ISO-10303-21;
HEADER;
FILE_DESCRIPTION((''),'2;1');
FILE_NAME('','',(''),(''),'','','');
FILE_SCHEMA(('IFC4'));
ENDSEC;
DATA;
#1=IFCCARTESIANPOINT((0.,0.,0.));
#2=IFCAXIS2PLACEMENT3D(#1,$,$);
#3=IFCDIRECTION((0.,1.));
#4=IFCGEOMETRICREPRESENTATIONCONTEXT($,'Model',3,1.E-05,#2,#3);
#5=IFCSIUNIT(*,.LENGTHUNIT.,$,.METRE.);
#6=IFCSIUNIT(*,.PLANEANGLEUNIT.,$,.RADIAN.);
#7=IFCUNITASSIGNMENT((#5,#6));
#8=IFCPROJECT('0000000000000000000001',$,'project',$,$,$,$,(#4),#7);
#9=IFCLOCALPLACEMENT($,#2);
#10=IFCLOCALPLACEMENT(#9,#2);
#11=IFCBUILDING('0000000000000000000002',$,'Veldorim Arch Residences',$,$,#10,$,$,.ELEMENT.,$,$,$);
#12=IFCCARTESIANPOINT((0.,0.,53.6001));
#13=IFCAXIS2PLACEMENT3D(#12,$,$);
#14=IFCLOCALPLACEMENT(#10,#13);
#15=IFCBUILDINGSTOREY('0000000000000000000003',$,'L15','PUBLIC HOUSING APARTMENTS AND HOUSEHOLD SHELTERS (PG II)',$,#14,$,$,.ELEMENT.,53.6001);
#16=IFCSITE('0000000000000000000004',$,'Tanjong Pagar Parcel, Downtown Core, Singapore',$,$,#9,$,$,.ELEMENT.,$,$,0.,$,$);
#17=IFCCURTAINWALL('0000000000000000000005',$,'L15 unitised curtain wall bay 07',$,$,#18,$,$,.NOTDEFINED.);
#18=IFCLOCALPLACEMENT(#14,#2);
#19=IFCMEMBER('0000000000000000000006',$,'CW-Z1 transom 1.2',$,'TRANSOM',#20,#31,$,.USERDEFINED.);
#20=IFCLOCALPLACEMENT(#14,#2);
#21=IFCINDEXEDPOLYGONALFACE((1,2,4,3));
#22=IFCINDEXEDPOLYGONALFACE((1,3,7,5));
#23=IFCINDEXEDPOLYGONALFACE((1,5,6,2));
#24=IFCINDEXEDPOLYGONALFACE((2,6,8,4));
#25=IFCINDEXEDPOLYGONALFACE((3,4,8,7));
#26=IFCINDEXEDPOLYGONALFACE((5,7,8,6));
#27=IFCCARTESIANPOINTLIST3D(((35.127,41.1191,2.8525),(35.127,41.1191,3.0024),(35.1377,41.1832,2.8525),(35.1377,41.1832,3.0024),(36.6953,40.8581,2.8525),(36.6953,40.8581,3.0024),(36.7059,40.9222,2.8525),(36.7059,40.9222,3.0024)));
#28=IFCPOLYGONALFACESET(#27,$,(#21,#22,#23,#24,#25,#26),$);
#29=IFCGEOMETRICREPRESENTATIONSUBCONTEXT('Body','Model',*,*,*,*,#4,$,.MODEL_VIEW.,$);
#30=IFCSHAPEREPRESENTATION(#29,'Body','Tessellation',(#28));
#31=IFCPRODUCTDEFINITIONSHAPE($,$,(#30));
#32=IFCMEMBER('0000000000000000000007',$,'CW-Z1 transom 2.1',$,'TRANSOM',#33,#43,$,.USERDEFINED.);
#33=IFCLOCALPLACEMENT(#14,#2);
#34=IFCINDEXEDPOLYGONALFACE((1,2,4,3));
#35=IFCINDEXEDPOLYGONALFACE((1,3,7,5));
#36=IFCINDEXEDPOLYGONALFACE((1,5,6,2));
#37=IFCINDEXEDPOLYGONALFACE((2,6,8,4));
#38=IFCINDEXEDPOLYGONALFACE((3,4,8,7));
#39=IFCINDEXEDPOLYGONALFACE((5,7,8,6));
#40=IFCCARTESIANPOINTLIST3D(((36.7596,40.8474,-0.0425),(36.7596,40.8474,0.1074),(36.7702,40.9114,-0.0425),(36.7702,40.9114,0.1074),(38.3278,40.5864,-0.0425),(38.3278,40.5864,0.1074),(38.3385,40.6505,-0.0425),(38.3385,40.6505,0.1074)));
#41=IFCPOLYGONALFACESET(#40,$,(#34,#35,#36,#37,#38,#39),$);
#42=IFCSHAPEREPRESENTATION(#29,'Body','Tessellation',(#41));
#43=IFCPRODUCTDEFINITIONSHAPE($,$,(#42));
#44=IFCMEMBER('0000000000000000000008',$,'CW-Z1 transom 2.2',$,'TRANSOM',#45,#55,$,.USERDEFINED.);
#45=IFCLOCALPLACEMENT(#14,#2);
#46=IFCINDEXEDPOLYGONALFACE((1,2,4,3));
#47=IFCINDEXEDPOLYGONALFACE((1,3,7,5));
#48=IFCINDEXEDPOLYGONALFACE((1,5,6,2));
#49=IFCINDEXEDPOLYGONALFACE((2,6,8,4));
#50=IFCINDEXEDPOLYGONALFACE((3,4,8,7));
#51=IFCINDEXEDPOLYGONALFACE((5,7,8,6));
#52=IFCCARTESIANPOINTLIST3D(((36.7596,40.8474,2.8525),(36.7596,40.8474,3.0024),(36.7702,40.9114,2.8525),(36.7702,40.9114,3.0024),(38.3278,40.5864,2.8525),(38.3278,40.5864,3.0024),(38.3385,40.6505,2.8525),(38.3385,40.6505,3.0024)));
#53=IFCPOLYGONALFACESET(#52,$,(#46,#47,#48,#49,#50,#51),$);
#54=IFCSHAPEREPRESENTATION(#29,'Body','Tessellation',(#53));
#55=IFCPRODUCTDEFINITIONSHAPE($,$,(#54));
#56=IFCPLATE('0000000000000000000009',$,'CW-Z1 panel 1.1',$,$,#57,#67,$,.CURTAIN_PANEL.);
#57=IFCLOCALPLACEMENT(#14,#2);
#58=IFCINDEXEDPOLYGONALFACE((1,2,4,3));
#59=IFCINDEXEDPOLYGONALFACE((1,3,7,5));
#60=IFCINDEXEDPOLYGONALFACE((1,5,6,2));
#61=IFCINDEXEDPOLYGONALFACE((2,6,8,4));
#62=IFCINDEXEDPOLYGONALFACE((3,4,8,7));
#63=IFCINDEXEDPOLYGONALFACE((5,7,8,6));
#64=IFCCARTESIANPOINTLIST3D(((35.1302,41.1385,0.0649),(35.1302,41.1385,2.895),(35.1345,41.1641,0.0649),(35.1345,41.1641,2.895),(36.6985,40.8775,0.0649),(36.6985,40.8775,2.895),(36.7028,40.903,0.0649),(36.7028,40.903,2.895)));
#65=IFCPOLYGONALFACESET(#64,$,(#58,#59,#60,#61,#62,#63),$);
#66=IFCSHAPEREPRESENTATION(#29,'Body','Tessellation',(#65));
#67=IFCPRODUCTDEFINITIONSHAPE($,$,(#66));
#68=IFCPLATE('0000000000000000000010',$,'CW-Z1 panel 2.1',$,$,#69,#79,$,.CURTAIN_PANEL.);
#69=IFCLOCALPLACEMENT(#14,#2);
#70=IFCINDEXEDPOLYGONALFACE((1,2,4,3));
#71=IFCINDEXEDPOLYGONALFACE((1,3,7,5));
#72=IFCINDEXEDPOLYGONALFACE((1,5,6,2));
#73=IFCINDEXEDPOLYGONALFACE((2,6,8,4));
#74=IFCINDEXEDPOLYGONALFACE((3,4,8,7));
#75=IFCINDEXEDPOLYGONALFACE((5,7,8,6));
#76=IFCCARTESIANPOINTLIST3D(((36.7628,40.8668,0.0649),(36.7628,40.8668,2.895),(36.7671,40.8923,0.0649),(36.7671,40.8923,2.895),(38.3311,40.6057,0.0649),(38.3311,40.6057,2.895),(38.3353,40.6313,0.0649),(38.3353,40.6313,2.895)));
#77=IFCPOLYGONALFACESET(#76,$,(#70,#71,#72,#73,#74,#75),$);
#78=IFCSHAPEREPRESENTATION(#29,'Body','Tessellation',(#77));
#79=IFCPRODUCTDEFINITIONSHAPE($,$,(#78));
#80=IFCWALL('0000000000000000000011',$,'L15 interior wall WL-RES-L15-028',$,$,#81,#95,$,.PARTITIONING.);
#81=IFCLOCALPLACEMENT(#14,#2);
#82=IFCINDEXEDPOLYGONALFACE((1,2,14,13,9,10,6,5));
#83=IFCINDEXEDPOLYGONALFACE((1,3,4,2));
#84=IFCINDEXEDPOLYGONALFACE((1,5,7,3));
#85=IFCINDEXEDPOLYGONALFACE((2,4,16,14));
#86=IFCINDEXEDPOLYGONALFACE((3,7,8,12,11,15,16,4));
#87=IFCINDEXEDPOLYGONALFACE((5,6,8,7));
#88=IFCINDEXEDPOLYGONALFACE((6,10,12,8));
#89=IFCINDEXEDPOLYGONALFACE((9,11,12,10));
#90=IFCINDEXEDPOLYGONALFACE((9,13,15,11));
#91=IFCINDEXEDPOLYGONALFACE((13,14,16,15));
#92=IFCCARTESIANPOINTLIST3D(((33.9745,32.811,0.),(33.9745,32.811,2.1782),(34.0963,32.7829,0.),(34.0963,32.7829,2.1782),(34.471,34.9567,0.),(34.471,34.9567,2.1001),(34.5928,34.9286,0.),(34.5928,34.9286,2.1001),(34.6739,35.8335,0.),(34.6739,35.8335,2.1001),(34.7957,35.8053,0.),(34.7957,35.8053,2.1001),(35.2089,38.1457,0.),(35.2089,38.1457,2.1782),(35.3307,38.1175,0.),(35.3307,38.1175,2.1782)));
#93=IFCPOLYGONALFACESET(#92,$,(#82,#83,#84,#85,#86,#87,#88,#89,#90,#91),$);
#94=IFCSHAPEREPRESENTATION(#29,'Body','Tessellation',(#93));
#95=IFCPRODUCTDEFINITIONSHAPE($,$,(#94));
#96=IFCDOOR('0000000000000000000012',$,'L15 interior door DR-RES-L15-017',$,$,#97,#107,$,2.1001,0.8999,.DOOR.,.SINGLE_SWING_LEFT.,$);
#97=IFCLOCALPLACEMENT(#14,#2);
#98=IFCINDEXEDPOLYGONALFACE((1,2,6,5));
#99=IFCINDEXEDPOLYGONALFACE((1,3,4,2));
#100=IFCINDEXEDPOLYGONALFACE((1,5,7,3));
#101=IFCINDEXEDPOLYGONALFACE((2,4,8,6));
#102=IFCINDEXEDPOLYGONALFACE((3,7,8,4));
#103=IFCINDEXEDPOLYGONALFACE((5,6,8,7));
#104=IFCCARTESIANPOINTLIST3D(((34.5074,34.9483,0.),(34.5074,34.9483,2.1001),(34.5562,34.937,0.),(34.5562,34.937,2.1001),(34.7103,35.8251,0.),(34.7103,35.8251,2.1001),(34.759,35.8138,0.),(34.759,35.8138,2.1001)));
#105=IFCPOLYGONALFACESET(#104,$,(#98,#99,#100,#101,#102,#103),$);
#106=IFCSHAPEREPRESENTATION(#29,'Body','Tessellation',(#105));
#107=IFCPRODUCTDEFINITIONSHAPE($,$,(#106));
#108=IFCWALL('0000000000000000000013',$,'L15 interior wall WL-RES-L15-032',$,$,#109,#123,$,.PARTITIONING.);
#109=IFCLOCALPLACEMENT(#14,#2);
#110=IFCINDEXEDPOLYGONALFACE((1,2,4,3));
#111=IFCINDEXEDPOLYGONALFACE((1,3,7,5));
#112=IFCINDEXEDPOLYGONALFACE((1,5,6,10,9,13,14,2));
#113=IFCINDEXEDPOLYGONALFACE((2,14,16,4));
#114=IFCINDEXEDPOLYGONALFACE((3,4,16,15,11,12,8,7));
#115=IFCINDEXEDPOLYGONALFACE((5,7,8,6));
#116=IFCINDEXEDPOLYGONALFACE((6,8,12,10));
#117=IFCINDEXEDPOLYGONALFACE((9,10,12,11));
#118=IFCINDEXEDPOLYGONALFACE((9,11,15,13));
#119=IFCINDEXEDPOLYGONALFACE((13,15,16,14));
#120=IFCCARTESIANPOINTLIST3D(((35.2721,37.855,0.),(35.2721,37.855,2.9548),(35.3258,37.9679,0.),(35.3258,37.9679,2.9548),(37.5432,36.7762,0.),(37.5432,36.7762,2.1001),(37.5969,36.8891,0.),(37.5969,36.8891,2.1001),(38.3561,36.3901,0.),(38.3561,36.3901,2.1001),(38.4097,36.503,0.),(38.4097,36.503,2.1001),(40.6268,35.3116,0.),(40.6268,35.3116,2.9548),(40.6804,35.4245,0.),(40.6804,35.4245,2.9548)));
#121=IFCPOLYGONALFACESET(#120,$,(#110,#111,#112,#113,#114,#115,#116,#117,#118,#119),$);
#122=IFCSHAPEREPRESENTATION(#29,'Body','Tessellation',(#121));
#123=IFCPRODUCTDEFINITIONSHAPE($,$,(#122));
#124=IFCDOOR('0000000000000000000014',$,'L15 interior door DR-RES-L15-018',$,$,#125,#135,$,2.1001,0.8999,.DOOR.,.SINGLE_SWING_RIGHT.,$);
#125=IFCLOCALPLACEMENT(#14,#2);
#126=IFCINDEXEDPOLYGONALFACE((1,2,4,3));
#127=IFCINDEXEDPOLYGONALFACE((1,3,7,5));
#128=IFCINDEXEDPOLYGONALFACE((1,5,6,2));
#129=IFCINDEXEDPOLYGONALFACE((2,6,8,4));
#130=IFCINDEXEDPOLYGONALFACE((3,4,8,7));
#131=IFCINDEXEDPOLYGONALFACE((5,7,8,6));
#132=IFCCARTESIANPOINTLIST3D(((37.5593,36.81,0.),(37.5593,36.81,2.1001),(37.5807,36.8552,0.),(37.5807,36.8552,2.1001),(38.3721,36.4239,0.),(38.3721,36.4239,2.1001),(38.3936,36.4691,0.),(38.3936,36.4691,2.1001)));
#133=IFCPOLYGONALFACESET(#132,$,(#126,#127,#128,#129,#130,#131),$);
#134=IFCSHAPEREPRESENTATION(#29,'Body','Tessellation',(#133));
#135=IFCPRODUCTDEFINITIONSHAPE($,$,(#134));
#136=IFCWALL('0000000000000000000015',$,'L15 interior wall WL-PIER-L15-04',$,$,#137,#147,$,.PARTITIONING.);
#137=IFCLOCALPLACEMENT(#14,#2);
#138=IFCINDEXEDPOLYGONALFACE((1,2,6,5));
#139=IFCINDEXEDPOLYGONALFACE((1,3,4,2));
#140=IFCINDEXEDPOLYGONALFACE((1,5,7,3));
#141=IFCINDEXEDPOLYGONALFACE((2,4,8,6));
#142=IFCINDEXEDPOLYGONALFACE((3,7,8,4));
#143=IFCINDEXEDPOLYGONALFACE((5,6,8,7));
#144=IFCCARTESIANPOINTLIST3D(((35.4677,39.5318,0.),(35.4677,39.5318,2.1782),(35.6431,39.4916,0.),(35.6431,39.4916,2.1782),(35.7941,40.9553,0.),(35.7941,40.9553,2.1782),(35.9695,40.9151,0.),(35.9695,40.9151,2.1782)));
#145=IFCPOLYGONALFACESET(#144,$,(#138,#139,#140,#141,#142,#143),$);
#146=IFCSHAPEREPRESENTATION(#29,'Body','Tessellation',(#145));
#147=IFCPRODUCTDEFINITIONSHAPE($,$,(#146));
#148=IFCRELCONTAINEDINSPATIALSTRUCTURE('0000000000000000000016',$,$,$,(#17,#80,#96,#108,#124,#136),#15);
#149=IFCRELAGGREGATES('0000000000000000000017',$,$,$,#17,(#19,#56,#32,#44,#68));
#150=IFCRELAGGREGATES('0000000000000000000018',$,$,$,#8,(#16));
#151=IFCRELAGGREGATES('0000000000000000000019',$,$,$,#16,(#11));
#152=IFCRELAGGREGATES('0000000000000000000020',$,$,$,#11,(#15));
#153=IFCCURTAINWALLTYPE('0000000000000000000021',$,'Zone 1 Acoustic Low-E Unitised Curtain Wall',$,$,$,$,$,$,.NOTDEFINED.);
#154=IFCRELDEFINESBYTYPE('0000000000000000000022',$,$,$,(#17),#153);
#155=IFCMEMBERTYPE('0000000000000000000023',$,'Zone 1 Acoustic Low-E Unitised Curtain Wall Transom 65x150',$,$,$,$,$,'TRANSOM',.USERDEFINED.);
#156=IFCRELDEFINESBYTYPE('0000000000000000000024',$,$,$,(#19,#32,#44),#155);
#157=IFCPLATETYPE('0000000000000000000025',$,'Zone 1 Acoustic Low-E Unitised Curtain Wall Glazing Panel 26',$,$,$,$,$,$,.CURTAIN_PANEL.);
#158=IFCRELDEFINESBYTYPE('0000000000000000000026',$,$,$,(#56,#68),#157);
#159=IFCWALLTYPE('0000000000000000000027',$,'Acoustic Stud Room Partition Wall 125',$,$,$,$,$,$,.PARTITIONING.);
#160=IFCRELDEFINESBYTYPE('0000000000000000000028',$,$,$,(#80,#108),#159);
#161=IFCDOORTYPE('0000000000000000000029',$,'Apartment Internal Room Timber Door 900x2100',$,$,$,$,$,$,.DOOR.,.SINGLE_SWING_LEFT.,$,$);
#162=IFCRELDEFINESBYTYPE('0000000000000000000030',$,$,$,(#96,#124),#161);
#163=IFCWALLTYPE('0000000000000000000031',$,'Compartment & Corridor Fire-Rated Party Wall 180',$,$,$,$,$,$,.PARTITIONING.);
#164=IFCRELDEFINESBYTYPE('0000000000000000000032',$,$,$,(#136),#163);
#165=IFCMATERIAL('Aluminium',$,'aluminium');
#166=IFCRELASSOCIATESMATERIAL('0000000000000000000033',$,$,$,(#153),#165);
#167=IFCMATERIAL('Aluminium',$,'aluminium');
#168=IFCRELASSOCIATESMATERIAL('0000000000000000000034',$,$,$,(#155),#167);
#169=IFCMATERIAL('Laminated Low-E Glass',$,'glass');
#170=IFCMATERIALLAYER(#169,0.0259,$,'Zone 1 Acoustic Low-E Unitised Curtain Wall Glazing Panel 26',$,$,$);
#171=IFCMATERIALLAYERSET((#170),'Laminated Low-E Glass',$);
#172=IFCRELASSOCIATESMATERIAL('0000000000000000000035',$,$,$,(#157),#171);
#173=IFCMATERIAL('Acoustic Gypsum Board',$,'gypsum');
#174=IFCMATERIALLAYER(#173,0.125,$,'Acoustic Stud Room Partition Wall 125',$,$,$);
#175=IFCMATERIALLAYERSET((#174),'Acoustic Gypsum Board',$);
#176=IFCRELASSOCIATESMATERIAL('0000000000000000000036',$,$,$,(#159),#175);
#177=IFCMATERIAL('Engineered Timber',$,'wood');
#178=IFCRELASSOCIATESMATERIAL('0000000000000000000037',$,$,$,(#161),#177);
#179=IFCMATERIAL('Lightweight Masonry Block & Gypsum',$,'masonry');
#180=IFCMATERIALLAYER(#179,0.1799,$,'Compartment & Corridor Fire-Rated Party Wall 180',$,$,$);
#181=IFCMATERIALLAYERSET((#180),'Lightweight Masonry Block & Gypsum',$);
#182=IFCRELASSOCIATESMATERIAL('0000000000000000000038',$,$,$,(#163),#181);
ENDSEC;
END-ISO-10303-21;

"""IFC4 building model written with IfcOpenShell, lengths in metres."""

from ifc_helpers import new_model, si_unit, direction, frame, frame_2d, origin, origin_2d, place, context, subcontext, project, spatial, rectangle, extrude, material, layer, layer_set, material_profile, profile_set, type_object, element, fill, aggregate, save


model = new_model("IFC4")

# Units and contexts
model_context = context("Model", 3, precision=1e-05, world=origin(), true_north=direction((0.0, 1.0)))
body_context = subcontext(model_context, "Body", "Model", "MODEL_VIEW")
ifc_project = project(units=[si_unit("LENGTHUNIT", "METRE"), si_unit("PLANEANGLEUNIT", "RADIAN")], contexts=[model_context])

# Site, building, storey
site_placement = place(None, origin())
site = spatial("IfcSite", under=ifc_project, at=site_placement, Name="Tanjong Pagar Parcel, Downtown Core, Singapore", CompositionType="ELEMENT", RefElevation=0.0)
building_placement = place(site_placement, origin())
building = spatial("IfcBuilding", under=site, at=building_placement, Name="Veldorim Arch Residences", CompositionType="ELEMENT")
storey_placement = place(building_placement, frame((0.0, 0.0, 53.6001)))
storey = spatial("IfcBuildingStorey", under=building, at=storey_placement, Name="L15", Description="PUBLIC HOUSING APARTMENTS AND HOUSEHOLD SHELTERS (PG II)", CompositionType="ELEMENT", Elevation=53.6001)

# Curtain wall, members, plates
ifc_material_1 = material(Name="Aluminium", Category="aluminium")
curtain_wall_type = type_object("IfcCurtainWallType", Name="Zone 1 Acoustic Low-E Unitised Curtain Wall", PredefinedType="NOTDEFINED", material=ifc_material_1)
curtain_wall_placement = place(storey_placement, origin())
curtain_wall = element("IfcCurtainWall", 1, at=curtain_wall_placement, inside=storey, type_object=curtain_wall_type, Name="L15 unitised curtain wall bay 07", PredefinedType="NOTDEFINED")
ifc_material_2 = material(Name="Aluminium", Category="aluminium")
ifc_material_profile_1 = material_profile(ifc_material_2, rectangle(XDim=0.0649, YDim=0.1499, at=origin_2d()), Name="ALU_TRN_65x150")
ifc_profile_set_1 = profile_set([ifc_material_profile_1], Name="Aluminium")
member_type_1 = type_object("IfcMemberType", Name="Zone 1 Acoustic Low-E Unitised Curtain Wall Transom 65x150", ElementType="TRANSOM", PredefinedType="USERDEFINED", material=ifc_profile_set_1)
member_1_placement = place(storey_placement, frame((35.1323, 41.1511, 2.9275), z_axis=(0.986435, -0.16415, 0.0), x_axis=(0.16415, 0.986435, 0.0)))
member_1 = element("IfcMember", 2, at=member_1_placement, type_object=member_type_1, Name="CW-Z1 transom 1.2", ObjectType="TRANSOM", PredefinedType="USERDEFINED", context=body_context, shape_type="SweptSolid", body=[
    extrude(rectangle(XDim=0.0649, YDim=0.1499, at=origin_2d()), origin(), (0.0, 0.0, 1.0), 1.5898),
])
member_2_placement = place(storey_placement, frame((36.7649, 40.8794, 0.0325), z_axis=(0.986435, -0.16415, 0.0), x_axis=(0.16415, 0.986435, 0.0)))
member_2 = element("IfcMember", 3, at=member_2_placement, type_object=member_type_1, Name="CW-Z1 transom 2.1", ObjectType="TRANSOM", PredefinedType="USERDEFINED", context=body_context, shape_type="SweptSolid", body=[
    extrude(rectangle(XDim=0.0649, YDim=0.1499, at=origin_2d()), origin(), (0.0, 0.0, 1.0), 1.5898),
])
member_3_placement = place(storey_placement, frame((36.7649, 40.8794, 2.9275), z_axis=(0.986435, -0.16415, 0.0), x_axis=(0.16415, 0.986435, 0.0)))
member_3 = element("IfcMember", 4, at=member_3_placement, type_object=member_type_1, Name="CW-Z1 transom 2.2", ObjectType="TRANSOM", PredefinedType="USERDEFINED", context=body_context, shape_type="SweptSolid", body=[
    extrude(rectangle(XDim=0.0649, YDim=0.1499, at=origin_2d()), origin(), (0.0, 0.0, 1.0), 1.5898),
])
ifc_material_3 = material(Name="Laminated Low-E Glass", Category="glass")
ifc_layer_1 = layer(ifc_material_3, 0.0259, Name="Zone 1 Acoustic Low-E Unitised Curtain Wall Glazing Panel 26")
ifc_layer_set_1 = layer_set([ifc_layer_1], Name="Laminated Low-E Glass")
plate_type = type_object("IfcPlateType", Name="Zone 1 Acoustic Low-E Unitised Curtain Wall Glazing Panel 26", PredefinedType="CURTAIN_PANEL", material=ifc_layer_set_1)
plate_1_placement = place(storey_placement, frame((35.9165, 41.0208, 0.0649), z_axis=(0.0, 0.0, 1.0), x_axis=(0.986425, -0.164212, 0.0)))
plate_1 = element("IfcPlate", 5, at=plate_1_placement, type_object=plate_type, Name="CW-Z1 panel 1.1", PredefinedType="CURTAIN_PANEL", context=body_context, shape_type="SweptSolid", body=[
    extrude(rectangle(XDim=1.5898, YDim=0.0259, at=origin_2d()), origin(), (0.0, 0.0, 1.0), 2.8301),
])
plate_2_placement = place(storey_placement, frame((37.5491, 40.749, 0.0649), z_axis=(0.0, 0.0, 1.0), x_axis=(0.986425, -0.164212, 0.0)))
plate_2 = element("IfcPlate", 6, at=plate_2_placement, type_object=plate_type, Name="CW-Z1 panel 2.1", PredefinedType="CURTAIN_PANEL", context=body_context, shape_type="SweptSolid", body=[
    extrude(rectangle(XDim=1.5898, YDim=0.0259, at=origin_2d()), origin(), (0.0, 0.0, 1.0), 2.8301),
])
aggregate(curtain_wall, [member_1, plate_1, member_2, member_3, plate_2])

# Walls, openings, doors
ifc_material_4 = material(Name="Acoustic Gypsum Board", Category="gypsum")
ifc_layer_2 = layer(ifc_material_4, 0.125, Name="Acoustic Stud Room Partition Wall 125")
ifc_layer_set_2 = layer_set([ifc_layer_2], Name="Acoustic Gypsum Board")
wall_type_1 = type_object("IfcWallType", Name="Acoustic Stud Room Partition Wall 125", PredefinedType="PARTITIONING", material=ifc_layer_set_2)
wall_1_placement = place(storey_placement, frame((35.2698, 38.1316, 0.0), z_axis=(0.0, 0.0, 1.0), x_axis=(-0.225429, -0.97426, 0.0)))
wall_1 = element("IfcWall", 7, at=wall_1_placement, inside=storey, type_object=wall_type_1, Name="L15 interior wall WL-RES-L15-028", PredefinedType="PARTITIONING", context=body_context, shape_type="SweptSolid", body=[
    extrude(rectangle(XDim=5.4756, YDim=0.125, at=frame_2d((2.7378, 0.0))), origin(), (0.0, 0.0, 1.0), 2.1782),
])
opening_1_placement = place(wall_1_placement, frame((2.3733, 0.0, 0.0)))
opening_1 = element("IfcOpeningElement", 8, at=opening_1_placement, cuts=wall_1, PredefinedType="OPENING", context=body_context, shape_type="SweptSolid", body=[
    extrude(rectangle(XDim=0.8999, YDim=2.1001, at=frame_2d((0.45, 1.05))), frame((0.0, 0.0725, 0.0), z_axis=(0.0, -1.0, 0.0), x_axis=(1.0, 0.0, 0.0)), (0.0, 0.0, 1.0), 0.145),
])
ifc_material_5 = material(Name="Engineered Timber", Category="wood")
door_type = type_object("IfcDoorType", Name="Apartment Internal Room Timber Door 900x2100", OperationType="SINGLE_SWING_LEFT", PredefinedType="DOOR", material=ifc_material_5)
door_1_placement = place(opening_1_placement, origin())
door_1 = element("IfcDoor", 9, at=door_1_placement, inside=storey, type_object=door_type, Name="L15 interior door DR-RES-L15-017", OperationType="SINGLE_SWING_LEFT", OverallHeight=2.1001, OverallWidth=0.8999, PredefinedType="DOOR", context=body_context, shape_type="SweptSolid", body=[
    extrude(rectangle(XDim=0.8999, YDim=2.1001, at=frame_2d((0.45, 1.05))), frame((0.0, 0.0249, 0.0), z_axis=(0.0, -1.0, 0.0), x_axis=(1.0, 0.0, 0.0)), (0.0, 0.0, 1.0), 0.05),
])
fill(opening_1, door_1)
wall_2_placement = place(storey_placement, frame((35.2991, 37.9114, 0.0), z_axis=(0.0, 0.0, 1.0), x_axis=(0.90328, -0.429051, 0.0)))
wall_2 = element("IfcWall", 10, at=wall_2_placement, inside=storey, type_object=wall_type_1, Name="L15 interior wall WL-RES-L15-032", PredefinedType="PARTITIONING", context=body_context, shape_type="SweptSolid", body=[
    extrude(rectangle(XDim=5.928, YDim=0.125, at=frame_2d((2.9639, 0.0))), origin(), (0.0, 0.0, 1.0), 2.9548),
])
opening_2_placement = place(wall_2_placement, frame((2.5142, 0.0, 0.0)))
opening_2 = element("IfcOpeningElement", 11, at=opening_2_placement, cuts=wall_2, PredefinedType="OPENING", context=body_context, shape_type="SweptSolid", body=[
    extrude(rectangle(XDim=0.8999, YDim=2.1001, at=frame_2d((0.45, 1.05))), frame((0.0, 0.0725, 0.0), z_axis=(0.0, -1.0, 0.0), x_axis=(1.0, 0.0, 0.0)), (0.0, 0.0, 1.0), 0.145),
])
door_2_placement = place(opening_2_placement, origin())
door_2 = element("IfcDoor", 12, at=door_2_placement, inside=storey, type_object=door_type, Name="L15 interior door DR-RES-L15-018", OperationType="SINGLE_SWING_RIGHT", OverallHeight=2.1001, OverallWidth=0.8999, PredefinedType="DOOR", context=body_context, shape_type="SweptSolid", body=[
    extrude(rectangle(XDim=0.8999, YDim=2.1001, at=frame_2d((0.45, 1.05))), frame((0.0, 0.0249, 0.0), z_axis=(0.0, -1.0, 0.0), x_axis=(1.0, 0.0, 0.0)), (0.0, 0.0, 1.0), 0.05),
])
fill(opening_2, door_2)

# Wall
ifc_material_6 = material(Name="Lightweight Masonry Block & Gypsum", Category="masonry")
ifc_layer_3 = layer(ifc_material_6, 0.1799, Name="Compartment & Corridor Fire-Rated Party Wall 180")
ifc_layer_set_3 = layer_set([ifc_layer_3], Name="Lightweight Masonry Block & Gypsum")
wall_type_2 = type_object("IfcWallType", Name="Compartment & Corridor Fire-Rated Party Wall 180", PredefinedType="PARTITIONING", material=ifc_layer_set_3)
wall_3_placement = place(storey_placement, frame((35.5554, 39.5117, 0.0), z_axis=(0.0, 0.0, 1.0), x_axis=(0.223492, 0.974706, 0.0)))
element("IfcWall", 13, at=wall_3_placement, inside=storey, type_object=wall_type_2, Name="L15 interior wall WL-PIER-L15-04", PredefinedType="PARTITIONING", context=body_context, shape_type="SweptSolid", body=[
    extrude(rectangle(XDim=1.4604, YDim=0.1799, at=frame_2d((0.7302, 0.0))), origin(), (0.0, 0.0, 1.0), 2.1782),
])

save(model, "model.ifc")
